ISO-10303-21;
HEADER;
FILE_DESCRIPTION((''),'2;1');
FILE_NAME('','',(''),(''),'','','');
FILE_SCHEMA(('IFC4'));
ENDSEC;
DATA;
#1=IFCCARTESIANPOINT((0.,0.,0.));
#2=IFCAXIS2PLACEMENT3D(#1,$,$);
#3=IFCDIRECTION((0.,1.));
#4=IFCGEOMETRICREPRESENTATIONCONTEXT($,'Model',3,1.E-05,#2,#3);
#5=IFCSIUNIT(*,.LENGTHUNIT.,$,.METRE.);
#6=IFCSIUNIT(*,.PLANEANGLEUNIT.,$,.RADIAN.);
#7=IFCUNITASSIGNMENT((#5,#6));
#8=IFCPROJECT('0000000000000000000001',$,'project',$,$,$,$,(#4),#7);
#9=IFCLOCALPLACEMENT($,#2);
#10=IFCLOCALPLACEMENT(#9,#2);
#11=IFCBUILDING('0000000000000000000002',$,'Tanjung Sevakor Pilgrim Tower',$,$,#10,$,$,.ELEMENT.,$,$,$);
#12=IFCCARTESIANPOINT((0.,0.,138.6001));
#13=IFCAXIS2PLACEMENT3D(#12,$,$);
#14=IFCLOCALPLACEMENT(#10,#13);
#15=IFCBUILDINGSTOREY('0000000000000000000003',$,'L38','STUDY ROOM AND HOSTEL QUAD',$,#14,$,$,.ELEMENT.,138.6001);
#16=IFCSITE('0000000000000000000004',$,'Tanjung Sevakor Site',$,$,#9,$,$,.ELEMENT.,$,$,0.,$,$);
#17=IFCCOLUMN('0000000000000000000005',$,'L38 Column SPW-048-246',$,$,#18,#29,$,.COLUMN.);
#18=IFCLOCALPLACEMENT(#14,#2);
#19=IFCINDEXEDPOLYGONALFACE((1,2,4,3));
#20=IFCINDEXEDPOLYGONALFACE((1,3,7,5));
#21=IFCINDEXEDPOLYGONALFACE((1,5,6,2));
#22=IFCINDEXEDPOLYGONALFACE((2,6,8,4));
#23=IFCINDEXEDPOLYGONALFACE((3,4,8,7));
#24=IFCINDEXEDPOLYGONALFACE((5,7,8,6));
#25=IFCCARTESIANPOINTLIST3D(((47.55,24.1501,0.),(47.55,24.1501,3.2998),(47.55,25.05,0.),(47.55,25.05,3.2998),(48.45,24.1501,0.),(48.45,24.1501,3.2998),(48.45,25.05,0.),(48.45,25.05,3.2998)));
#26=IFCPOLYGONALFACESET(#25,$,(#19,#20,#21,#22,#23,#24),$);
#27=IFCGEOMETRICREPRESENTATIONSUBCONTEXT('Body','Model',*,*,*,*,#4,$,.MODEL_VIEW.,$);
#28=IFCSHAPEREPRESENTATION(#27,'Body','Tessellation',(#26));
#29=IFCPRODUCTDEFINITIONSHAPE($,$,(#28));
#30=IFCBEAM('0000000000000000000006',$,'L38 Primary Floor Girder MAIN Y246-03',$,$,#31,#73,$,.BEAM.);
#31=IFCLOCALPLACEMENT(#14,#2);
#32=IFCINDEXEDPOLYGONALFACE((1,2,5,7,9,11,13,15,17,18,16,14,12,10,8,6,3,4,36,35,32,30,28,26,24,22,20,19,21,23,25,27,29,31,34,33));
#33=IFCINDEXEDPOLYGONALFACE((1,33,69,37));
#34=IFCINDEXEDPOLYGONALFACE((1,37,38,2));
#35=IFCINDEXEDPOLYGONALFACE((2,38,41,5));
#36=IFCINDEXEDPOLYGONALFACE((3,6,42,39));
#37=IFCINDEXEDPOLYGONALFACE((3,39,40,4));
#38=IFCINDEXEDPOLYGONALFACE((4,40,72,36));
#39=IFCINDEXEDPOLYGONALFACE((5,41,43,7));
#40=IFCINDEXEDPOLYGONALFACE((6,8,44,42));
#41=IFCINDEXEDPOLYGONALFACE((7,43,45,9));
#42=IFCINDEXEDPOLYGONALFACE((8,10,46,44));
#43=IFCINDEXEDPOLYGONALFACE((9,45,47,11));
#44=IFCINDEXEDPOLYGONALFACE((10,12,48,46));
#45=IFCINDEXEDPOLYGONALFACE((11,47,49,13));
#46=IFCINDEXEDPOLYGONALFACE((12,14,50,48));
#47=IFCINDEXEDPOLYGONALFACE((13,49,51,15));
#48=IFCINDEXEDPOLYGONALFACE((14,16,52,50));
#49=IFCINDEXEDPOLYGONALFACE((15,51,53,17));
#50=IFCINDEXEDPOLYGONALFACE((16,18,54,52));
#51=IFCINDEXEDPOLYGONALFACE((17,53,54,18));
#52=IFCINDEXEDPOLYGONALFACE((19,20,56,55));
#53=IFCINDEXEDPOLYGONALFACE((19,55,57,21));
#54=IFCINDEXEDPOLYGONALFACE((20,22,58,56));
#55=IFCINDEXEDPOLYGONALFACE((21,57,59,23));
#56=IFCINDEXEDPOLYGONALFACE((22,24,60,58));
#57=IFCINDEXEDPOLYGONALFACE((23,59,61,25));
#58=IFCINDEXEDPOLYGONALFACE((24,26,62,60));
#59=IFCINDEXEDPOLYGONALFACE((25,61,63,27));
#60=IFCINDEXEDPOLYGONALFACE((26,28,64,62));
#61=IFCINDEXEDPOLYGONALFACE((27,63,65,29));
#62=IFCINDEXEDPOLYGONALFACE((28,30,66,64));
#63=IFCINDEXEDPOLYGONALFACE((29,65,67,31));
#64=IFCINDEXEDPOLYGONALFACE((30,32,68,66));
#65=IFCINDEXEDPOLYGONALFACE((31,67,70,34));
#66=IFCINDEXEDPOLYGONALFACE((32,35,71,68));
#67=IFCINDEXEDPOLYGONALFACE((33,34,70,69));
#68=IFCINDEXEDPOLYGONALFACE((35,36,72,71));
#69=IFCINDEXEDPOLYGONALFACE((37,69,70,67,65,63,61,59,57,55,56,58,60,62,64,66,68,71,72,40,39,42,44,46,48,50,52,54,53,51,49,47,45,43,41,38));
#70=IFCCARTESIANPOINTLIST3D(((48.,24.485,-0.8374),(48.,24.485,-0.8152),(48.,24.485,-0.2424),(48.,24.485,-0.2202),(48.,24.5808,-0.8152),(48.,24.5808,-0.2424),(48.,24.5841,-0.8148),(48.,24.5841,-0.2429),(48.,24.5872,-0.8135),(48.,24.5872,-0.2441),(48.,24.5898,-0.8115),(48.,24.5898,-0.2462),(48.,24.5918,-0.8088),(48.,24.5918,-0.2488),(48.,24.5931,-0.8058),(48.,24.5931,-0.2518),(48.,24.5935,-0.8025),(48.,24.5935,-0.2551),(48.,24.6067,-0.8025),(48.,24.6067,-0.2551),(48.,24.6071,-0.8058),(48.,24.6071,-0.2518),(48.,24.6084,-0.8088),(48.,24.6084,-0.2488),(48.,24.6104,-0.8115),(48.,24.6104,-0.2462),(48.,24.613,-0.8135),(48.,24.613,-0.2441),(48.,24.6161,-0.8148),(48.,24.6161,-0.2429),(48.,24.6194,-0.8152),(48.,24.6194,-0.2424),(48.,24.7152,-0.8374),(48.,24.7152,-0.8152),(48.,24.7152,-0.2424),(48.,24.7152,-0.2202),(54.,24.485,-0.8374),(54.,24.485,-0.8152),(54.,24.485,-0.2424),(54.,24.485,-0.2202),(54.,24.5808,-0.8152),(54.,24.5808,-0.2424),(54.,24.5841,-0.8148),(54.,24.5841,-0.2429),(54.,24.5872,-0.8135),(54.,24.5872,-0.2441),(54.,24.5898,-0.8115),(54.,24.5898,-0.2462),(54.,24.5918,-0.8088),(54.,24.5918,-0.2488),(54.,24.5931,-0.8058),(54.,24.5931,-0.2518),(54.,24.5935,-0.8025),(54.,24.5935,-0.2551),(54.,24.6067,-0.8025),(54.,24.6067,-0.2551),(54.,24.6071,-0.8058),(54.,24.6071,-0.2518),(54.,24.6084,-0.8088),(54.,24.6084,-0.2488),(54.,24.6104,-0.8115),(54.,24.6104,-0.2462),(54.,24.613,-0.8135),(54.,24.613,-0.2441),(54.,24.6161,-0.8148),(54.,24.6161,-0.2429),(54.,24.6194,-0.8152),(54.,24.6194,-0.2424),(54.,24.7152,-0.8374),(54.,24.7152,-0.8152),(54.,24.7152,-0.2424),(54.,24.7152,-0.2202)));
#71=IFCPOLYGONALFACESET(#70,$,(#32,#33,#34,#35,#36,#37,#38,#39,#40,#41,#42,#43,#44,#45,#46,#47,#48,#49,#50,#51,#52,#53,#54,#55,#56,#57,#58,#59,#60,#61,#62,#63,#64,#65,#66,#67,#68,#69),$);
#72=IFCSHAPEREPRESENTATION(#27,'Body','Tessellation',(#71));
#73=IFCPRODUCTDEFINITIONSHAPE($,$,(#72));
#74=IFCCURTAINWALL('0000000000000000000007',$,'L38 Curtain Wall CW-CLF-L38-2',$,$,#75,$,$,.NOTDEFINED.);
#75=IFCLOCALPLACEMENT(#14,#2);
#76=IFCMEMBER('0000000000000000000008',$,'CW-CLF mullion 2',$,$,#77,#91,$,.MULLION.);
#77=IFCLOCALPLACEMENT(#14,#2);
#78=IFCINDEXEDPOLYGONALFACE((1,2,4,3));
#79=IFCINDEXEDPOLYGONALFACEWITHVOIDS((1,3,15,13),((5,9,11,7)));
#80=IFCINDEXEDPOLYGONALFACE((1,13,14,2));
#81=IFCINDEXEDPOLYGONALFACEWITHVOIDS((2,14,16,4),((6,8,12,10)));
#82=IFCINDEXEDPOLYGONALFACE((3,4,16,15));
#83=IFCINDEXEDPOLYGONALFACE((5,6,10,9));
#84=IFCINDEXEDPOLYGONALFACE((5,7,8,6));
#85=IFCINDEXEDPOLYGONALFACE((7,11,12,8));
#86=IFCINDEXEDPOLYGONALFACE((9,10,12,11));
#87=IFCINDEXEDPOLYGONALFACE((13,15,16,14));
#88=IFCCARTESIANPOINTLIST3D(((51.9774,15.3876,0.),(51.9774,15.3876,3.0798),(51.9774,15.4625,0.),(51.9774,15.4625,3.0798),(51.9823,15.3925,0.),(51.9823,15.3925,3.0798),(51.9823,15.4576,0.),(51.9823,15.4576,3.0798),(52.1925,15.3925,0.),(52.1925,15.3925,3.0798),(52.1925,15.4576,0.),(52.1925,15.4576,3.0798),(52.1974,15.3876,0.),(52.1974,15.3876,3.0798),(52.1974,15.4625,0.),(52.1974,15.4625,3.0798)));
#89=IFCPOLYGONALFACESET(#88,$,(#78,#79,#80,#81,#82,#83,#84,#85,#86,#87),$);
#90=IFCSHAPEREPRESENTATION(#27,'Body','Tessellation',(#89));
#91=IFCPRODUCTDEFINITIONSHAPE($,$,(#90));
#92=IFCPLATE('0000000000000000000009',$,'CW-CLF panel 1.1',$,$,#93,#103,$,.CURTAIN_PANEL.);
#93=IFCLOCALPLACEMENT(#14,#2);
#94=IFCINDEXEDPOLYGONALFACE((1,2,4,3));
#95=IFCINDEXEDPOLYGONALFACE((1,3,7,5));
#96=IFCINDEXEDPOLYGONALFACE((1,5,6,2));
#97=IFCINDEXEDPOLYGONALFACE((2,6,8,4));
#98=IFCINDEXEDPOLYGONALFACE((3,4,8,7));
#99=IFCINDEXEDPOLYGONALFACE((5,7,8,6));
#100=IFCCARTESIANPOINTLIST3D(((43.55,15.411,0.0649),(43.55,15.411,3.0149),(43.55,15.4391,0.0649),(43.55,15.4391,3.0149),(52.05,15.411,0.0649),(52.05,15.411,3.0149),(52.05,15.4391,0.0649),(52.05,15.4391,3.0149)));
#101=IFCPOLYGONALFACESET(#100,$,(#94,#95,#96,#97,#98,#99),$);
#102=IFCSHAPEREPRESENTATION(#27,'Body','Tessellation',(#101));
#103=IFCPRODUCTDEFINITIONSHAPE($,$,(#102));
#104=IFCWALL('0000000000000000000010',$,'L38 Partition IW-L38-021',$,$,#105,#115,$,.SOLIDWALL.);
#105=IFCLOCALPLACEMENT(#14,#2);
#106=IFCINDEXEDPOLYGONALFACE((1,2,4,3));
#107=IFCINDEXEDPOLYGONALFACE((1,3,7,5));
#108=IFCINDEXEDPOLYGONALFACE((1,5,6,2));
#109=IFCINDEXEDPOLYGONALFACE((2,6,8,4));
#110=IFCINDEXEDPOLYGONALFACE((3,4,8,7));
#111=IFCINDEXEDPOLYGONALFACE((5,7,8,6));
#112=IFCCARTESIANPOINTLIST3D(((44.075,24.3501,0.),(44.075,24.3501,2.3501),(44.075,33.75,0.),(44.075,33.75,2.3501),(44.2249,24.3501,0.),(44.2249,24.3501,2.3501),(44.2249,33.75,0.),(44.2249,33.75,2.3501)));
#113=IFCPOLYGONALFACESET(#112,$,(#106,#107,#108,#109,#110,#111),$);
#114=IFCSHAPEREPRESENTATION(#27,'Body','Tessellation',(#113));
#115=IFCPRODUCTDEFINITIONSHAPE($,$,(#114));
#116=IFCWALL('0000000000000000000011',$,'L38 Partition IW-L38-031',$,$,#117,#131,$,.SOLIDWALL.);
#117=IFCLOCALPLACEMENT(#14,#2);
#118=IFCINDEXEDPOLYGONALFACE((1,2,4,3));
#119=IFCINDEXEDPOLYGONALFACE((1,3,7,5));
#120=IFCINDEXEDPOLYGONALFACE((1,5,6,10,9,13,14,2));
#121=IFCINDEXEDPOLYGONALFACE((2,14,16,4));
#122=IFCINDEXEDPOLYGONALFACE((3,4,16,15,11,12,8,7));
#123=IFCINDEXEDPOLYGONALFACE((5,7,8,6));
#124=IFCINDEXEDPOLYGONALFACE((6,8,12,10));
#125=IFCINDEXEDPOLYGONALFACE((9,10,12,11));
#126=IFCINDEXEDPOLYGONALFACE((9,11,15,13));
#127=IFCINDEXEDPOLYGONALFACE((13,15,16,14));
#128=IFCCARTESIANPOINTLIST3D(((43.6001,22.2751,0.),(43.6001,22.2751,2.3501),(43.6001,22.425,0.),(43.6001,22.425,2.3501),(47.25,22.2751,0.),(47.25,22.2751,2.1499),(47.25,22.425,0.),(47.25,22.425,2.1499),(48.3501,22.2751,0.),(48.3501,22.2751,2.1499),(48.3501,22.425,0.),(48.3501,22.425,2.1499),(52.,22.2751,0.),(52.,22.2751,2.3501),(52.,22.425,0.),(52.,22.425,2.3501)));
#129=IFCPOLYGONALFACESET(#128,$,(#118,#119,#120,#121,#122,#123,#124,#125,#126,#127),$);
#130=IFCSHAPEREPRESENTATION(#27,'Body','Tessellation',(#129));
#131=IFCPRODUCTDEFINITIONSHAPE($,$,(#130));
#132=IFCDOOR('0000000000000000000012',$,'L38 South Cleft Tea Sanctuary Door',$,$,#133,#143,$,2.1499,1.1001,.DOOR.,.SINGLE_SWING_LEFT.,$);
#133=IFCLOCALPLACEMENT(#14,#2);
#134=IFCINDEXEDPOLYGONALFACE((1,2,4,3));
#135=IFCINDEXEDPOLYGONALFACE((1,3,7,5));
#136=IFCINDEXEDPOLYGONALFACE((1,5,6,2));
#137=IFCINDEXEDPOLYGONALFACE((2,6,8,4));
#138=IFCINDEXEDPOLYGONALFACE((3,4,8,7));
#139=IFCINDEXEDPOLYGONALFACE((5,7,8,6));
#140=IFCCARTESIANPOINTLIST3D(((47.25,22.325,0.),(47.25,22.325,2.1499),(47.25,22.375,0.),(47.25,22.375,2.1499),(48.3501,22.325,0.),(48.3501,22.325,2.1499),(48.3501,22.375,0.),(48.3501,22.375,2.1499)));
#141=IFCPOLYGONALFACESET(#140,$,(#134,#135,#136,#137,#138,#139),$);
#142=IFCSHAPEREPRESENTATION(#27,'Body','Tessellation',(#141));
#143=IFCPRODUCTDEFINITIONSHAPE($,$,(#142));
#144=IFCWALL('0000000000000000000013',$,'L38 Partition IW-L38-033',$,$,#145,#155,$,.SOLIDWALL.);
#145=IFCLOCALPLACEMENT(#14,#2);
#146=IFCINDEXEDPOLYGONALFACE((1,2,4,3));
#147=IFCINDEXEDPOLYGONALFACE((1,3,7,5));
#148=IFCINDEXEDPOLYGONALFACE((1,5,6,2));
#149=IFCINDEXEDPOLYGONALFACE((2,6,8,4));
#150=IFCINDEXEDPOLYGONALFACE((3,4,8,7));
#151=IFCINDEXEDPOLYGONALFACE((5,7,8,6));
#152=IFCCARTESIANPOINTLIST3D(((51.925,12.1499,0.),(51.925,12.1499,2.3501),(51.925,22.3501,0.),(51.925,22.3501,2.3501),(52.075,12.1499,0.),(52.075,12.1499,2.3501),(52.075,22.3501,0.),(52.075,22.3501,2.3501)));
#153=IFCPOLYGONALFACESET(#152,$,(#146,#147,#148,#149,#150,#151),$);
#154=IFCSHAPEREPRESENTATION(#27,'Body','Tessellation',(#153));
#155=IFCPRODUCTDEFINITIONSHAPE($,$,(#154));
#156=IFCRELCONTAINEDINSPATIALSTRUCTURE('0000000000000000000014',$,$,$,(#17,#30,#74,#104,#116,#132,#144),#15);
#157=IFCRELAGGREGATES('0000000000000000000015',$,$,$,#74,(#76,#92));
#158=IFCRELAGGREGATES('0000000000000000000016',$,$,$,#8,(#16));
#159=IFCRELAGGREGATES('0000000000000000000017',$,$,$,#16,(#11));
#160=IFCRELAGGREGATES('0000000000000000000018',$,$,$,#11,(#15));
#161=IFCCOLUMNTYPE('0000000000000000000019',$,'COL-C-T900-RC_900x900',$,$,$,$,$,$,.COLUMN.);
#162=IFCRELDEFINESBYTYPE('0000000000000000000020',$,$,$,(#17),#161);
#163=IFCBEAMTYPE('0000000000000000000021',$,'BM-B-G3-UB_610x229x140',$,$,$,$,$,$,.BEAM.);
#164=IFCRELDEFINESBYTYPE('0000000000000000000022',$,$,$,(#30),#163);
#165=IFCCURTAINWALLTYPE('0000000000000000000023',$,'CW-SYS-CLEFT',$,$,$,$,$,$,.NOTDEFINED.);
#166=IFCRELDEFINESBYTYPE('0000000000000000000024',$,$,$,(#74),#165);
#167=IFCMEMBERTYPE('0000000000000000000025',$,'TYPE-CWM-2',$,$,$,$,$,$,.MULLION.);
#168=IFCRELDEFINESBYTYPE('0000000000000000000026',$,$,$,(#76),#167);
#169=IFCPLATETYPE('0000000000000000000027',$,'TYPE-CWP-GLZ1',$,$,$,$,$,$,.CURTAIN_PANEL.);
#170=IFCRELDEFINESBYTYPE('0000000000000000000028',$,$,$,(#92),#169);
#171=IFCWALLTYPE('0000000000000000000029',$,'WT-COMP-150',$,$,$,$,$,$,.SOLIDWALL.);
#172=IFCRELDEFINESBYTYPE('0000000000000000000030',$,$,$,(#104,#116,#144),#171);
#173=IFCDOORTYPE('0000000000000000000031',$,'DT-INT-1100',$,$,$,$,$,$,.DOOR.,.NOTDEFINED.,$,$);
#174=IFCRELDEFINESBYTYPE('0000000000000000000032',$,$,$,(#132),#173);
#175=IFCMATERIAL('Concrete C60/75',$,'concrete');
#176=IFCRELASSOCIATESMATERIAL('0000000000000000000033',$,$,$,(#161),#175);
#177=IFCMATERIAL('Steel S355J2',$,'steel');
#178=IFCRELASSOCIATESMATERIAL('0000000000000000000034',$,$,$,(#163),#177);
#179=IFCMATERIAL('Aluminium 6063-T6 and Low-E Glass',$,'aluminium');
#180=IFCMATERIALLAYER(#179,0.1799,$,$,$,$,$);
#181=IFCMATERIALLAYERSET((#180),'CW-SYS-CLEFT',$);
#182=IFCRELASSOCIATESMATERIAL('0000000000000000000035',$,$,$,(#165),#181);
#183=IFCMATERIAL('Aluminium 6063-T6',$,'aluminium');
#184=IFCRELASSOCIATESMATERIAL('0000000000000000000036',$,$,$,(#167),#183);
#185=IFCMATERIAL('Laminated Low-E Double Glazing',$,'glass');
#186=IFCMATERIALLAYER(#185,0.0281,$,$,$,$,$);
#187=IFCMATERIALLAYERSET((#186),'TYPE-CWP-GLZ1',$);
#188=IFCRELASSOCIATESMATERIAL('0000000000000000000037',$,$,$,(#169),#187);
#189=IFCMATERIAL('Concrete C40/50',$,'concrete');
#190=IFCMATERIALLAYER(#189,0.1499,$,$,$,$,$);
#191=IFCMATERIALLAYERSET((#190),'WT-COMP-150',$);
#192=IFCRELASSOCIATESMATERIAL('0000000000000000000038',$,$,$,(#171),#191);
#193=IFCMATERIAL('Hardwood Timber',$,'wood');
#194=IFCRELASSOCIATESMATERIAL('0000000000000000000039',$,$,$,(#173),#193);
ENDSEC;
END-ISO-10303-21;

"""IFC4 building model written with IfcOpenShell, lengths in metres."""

from ifc_helpers import new_model, si_unit, direction, frame, frame_2d, origin, origin_2d, place, context, subcontext, project, spatial, rectangle, hollow_rectangle, i_section, extrude, material, layer, layer_set, material_profile, profile_set, type_object, element, fill, aggregate, save


model = new_model("IFC4")

# Units and contexts
model_context = context("Model", 3, precision=1e-05, world=origin(), true_north=direction((0.0, 1.0)))
body_context = subcontext(model_context, "Body", "Model", "MODEL_VIEW")
ifc_project = project(units=[si_unit("LENGTHUNIT", "METRE"), si_unit("PLANEANGLEUNIT", "RADIAN")], contexts=[model_context])

# Site, building, storey
site_placement = place(None, origin())
site = spatial("IfcSite", under=ifc_project, at=site_placement, Name="Tanjung Sevakor Site", CompositionType="ELEMENT", RefElevation=0.0)
building_placement = place(site_placement, origin())
building = spatial("IfcBuilding", under=site, at=building_placement, Name="Tanjung Sevakor Pilgrim Tower", CompositionType="ELEMENT")
storey_placement = place(building_placement, frame((0.0, 0.0, 138.6001)))
storey = spatial("IfcBuildingStorey", under=building, at=storey_placement, Name="L38", Description="STUDY ROOM AND HOSTEL QUAD", CompositionType="ELEMENT", Elevation=138.6001)

# Column
ifc_material_1 = material(Name="Concrete C60/75", Category="concrete")
ifc_material_profile_1 = material_profile(ifc_material_1, rectangle(XDim=0.8999, YDim=0.8999, at=origin_2d()))
ifc_profile_set_1 = profile_set([ifc_material_profile_1], Name="Concrete C60/75")
column_type = type_object("IfcColumnType", Name="COL-C-T900-RC_900x900", PredefinedType="COLUMN", material=ifc_profile_set_1)
column_placement = place(storey_placement, frame((48.0, 24.6001, 0.0), z_axis=(0.0, 0.0, 1.0), x_axis=(1.0, 0.0, 0.0)))
element("IfcColumn", 1, at=column_placement, inside=storey, type_object=column_type, Name="L38 Column SPW-048-246", PredefinedType="COLUMN", context=body_context, shape_type="SweptSolid", body=[
    extrude(rectangle(XDim=0.8999, YDim=0.8999, at=origin_2d()), origin(), (0.0, 0.0, 1.0), 3.2998),
])

# Beam
ifc_material_2 = material(Name="Steel S355J2", Category="steel")
ifc_material_profile_2 = material_profile(ifc_material_2, i_section(OverallWidth=0.2302, OverallDepth=0.6172, WebThickness=0.0132, FlangeThickness=0.0222, FilletRadius=0.0127, at=origin_2d()))
ifc_profile_set_2 = profile_set([ifc_material_profile_2], Name="Steel S355J2")
beam_type = type_object("IfcBeamType", Name="BM-B-G3-UB_610x229x140", PredefinedType="BEAM", material=ifc_profile_set_2)
beam_placement = place(storey_placement, frame((48.0, 24.6001, -0.5288), z_axis=(1.0, 0.0, 0.0), x_axis=(0.0, 1.0, 0.0)))
element("IfcBeam", 2, at=beam_placement, inside=storey, type_object=beam_type, Name="L38 Primary Floor Girder MAIN Y246-03", PredefinedType="BEAM", context=body_context, shape_type="SweptSolid", body=[
    extrude(i_section(OverallWidth=0.2302, OverallDepth=0.6172, WebThickness=0.0132, FlangeThickness=0.0222, FilletRadius=0.0127, at=origin_2d()), origin(), (0.0, 0.0, 1.0), 6.0),
])

# Curtain wall, member, plate
ifc_material_3 = material(Name="Aluminium 6063-T6 and Low-E Glass", Category="aluminium")
ifc_layer_1 = layer(ifc_material_3, 0.1799)
ifc_layer_set_1 = layer_set([ifc_layer_1], Name="CW-SYS-CLEFT")
curtain_wall_type = type_object("IfcCurtainWallType", Name="CW-SYS-CLEFT", PredefinedType="NOTDEFINED", material=ifc_layer_set_1)
curtain_wall_placement = place(storey_placement, origin())
curtain_wall = element("IfcCurtainWall", 3, at=curtain_wall_placement, inside=storey, type_object=curtain_wall_type, Name="L38 Curtain Wall CW-CLF-L38-2", PredefinedType="NOTDEFINED")
ifc_material_4 = material(Name="Aluminium 6063-T6", Category="aluminium")
ifc_material_profile_3 = material_profile(ifc_material_4, hollow_rectangle(XDim=0.075, YDim=0.22, WallThickness=0.0049, at=origin_2d()))
ifc_profile_set_3 = profile_set([ifc_material_profile_3], Name="Aluminium 6063-T6")
member_type = type_object("IfcMemberType", Name="TYPE-CWM-2", PredefinedType="MULLION", material=ifc_profile_set_3)
member_placement = place(storey_placement, frame((52.0874, 15.425, 0.0), z_axis=(0.0, 0.0, 1.0), x_axis=(0.0, 1.0, 0.0)))
member = element("IfcMember", 4, at=member_placement, type_object=member_type, Name="CW-CLF mullion 2", PredefinedType="MULLION", context=body_context, shape_type="SweptSolid", body=[
    extrude(hollow_rectangle(XDim=0.075, YDim=0.22, WallThickness=0.0049, at=origin_2d()), origin(), (0.0, 0.0, 1.0), 3.0798),
])
ifc_material_5 = material(Name="Laminated Low-E Double Glazing", Category="glass")
ifc_layer_2 = layer(ifc_material_5, 0.0281)
ifc_layer_set_2 = layer_set([ifc_layer_2], Name="TYPE-CWP-GLZ1")
plate_type = type_object("IfcPlateType", Name="TYPE-CWP-GLZ1", PredefinedType="CURTAIN_PANEL", material=ifc_layer_set_2)
plate_placement = place(storey_placement, frame((47.8, 15.425, 0.0649), z_axis=(0.0, 0.0, 1.0), x_axis=(1.0, 0.0, 0.0)))
plate = element("IfcPlate", 5, at=plate_placement, type_object=plate_type, Name="CW-CLF panel 1.1", PredefinedType="CURTAIN_PANEL", context=body_context, shape_type="SweptSolid", body=[
    extrude(rectangle(XDim=8.5, YDim=0.0281, at=origin_2d()), origin(), (0.0, 0.0, 1.0), 2.95),
])
aggregate(curtain_wall, [member, plate])

# Wall
ifc_material_6 = material(Name="Concrete C40/50", Category="concrete")
ifc_layer_3 = layer(ifc_material_6, 0.1499)
ifc_layer_set_3 = layer_set([ifc_layer_3], Name="WT-COMP-150")
wall_type_1 = type_object("IfcWallType", Name="WT-COMP-150", PredefinedType="SOLIDWALL", material=ifc_layer_set_3)
wall_1_placement = place(storey_placement, frame((44.1499, 24.3501, 0.0), z_axis=(0.0, 0.0, 1.0), x_axis=(0.0, 1.0, 0.0)))
element("IfcWall", 6, at=wall_1_placement, inside=storey, type_object=wall_type_1, Name="L38 Partition IW-L38-021", PredefinedType="SOLIDWALL", context=body_context, shape_type="SweptSolid", body=[
    extrude(rectangle(XDim=9.3999, YDim=0.1499, at=frame_2d((4.7, 0.0))), origin(), (0.0, 0.0, 1.0), 2.3501),
])

# Wall, opening, door
wall_2_placement = place(storey_placement, frame((43.6001, 22.3501, 0.0), z_axis=(0.0, 0.0, 1.0), x_axis=(1.0, 0.0, 0.0)))
wall_2 = element("IfcWall", 7, at=wall_2_placement, inside=storey, type_object=wall_type_1, Name="L38 Partition IW-L38-031", PredefinedType="SOLIDWALL", context=body_context, shape_type="SweptSolid", body=[
    extrude(rectangle(XDim=8.3999, YDim=0.1499, at=frame_2d((4.2, 0.0))), origin(), (0.0, 0.0, 1.0), 2.3501),
])
opening_1_placement = place(wall_2_placement, frame((3.6499, 0.0, 0.0)))
opening_1 = element("IfcOpeningElement", 8, at=opening_1_placement, cuts=wall_2, PredefinedType="OPENING", context=body_context, shape_type="SweptSolid", body=[
    extrude(rectangle(XDim=1.1001, YDim=2.1499, at=frame_2d((0.55, 1.075))), frame((0.0, 0.085, 0.0), z_axis=(0.0, -1.0, 0.0), x_axis=(1.0, 0.0, 0.0)), (0.0, 0.0, 1.0), 0.1699),
])
ifc_material_7 = material(Name="Hardwood Timber", Category="wood")
door_type_1 = type_object("IfcDoorType", Name="DT-INT-1100", OperationType="NOTDEFINED", PredefinedType="DOOR", material=ifc_material_7)
door_1_placement = place(opening_1_placement, origin())
door_1 = element("IfcDoor", 9, at=door_1_placement, inside=storey, type_object=door_type_1, Name="L38 South Cleft Tea Sanctuary Door", OperationType="SINGLE_SWING_LEFT", OverallHeight=2.1499, OverallWidth=1.1001, PredefinedType="DOOR", context=body_context, shape_type="SweptSolid", body=[
    extrude(rectangle(XDim=1.1001, YDim=2.1499, at=frame_2d((0.55, 1.075))), frame((0.0, 0.0249, 0.0), z_axis=(0.0, -1.0, 0.0), x_axis=(1.0, 0.0, 0.0)), (0.0, 0.0, 1.0), 0.05),
])
fill(opening_1, door_1)

# Wall
wall_3_placement = place(storey_placement, frame((52.0, 12.1499, 0.0), z_axis=(0.0, 0.0, 1.0), x_axis=(0.0, 1.0, 0.0)))
element("IfcWall", 10, at=wall_3_placement, inside=storey, type_object=wall_type_1, Name="L38 Partition IW-L38-033", PredefinedType="SOLIDWALL", context=body_context, shape_type="SweptSolid", body=[
    extrude(rectangle(XDim=10.2002, YDim=0.1499, at=frame_2d((5.1001, 0.0))), origin(), (0.0, 0.0, 1.0), 2.3501),
])

save(model, "model.ifc")
